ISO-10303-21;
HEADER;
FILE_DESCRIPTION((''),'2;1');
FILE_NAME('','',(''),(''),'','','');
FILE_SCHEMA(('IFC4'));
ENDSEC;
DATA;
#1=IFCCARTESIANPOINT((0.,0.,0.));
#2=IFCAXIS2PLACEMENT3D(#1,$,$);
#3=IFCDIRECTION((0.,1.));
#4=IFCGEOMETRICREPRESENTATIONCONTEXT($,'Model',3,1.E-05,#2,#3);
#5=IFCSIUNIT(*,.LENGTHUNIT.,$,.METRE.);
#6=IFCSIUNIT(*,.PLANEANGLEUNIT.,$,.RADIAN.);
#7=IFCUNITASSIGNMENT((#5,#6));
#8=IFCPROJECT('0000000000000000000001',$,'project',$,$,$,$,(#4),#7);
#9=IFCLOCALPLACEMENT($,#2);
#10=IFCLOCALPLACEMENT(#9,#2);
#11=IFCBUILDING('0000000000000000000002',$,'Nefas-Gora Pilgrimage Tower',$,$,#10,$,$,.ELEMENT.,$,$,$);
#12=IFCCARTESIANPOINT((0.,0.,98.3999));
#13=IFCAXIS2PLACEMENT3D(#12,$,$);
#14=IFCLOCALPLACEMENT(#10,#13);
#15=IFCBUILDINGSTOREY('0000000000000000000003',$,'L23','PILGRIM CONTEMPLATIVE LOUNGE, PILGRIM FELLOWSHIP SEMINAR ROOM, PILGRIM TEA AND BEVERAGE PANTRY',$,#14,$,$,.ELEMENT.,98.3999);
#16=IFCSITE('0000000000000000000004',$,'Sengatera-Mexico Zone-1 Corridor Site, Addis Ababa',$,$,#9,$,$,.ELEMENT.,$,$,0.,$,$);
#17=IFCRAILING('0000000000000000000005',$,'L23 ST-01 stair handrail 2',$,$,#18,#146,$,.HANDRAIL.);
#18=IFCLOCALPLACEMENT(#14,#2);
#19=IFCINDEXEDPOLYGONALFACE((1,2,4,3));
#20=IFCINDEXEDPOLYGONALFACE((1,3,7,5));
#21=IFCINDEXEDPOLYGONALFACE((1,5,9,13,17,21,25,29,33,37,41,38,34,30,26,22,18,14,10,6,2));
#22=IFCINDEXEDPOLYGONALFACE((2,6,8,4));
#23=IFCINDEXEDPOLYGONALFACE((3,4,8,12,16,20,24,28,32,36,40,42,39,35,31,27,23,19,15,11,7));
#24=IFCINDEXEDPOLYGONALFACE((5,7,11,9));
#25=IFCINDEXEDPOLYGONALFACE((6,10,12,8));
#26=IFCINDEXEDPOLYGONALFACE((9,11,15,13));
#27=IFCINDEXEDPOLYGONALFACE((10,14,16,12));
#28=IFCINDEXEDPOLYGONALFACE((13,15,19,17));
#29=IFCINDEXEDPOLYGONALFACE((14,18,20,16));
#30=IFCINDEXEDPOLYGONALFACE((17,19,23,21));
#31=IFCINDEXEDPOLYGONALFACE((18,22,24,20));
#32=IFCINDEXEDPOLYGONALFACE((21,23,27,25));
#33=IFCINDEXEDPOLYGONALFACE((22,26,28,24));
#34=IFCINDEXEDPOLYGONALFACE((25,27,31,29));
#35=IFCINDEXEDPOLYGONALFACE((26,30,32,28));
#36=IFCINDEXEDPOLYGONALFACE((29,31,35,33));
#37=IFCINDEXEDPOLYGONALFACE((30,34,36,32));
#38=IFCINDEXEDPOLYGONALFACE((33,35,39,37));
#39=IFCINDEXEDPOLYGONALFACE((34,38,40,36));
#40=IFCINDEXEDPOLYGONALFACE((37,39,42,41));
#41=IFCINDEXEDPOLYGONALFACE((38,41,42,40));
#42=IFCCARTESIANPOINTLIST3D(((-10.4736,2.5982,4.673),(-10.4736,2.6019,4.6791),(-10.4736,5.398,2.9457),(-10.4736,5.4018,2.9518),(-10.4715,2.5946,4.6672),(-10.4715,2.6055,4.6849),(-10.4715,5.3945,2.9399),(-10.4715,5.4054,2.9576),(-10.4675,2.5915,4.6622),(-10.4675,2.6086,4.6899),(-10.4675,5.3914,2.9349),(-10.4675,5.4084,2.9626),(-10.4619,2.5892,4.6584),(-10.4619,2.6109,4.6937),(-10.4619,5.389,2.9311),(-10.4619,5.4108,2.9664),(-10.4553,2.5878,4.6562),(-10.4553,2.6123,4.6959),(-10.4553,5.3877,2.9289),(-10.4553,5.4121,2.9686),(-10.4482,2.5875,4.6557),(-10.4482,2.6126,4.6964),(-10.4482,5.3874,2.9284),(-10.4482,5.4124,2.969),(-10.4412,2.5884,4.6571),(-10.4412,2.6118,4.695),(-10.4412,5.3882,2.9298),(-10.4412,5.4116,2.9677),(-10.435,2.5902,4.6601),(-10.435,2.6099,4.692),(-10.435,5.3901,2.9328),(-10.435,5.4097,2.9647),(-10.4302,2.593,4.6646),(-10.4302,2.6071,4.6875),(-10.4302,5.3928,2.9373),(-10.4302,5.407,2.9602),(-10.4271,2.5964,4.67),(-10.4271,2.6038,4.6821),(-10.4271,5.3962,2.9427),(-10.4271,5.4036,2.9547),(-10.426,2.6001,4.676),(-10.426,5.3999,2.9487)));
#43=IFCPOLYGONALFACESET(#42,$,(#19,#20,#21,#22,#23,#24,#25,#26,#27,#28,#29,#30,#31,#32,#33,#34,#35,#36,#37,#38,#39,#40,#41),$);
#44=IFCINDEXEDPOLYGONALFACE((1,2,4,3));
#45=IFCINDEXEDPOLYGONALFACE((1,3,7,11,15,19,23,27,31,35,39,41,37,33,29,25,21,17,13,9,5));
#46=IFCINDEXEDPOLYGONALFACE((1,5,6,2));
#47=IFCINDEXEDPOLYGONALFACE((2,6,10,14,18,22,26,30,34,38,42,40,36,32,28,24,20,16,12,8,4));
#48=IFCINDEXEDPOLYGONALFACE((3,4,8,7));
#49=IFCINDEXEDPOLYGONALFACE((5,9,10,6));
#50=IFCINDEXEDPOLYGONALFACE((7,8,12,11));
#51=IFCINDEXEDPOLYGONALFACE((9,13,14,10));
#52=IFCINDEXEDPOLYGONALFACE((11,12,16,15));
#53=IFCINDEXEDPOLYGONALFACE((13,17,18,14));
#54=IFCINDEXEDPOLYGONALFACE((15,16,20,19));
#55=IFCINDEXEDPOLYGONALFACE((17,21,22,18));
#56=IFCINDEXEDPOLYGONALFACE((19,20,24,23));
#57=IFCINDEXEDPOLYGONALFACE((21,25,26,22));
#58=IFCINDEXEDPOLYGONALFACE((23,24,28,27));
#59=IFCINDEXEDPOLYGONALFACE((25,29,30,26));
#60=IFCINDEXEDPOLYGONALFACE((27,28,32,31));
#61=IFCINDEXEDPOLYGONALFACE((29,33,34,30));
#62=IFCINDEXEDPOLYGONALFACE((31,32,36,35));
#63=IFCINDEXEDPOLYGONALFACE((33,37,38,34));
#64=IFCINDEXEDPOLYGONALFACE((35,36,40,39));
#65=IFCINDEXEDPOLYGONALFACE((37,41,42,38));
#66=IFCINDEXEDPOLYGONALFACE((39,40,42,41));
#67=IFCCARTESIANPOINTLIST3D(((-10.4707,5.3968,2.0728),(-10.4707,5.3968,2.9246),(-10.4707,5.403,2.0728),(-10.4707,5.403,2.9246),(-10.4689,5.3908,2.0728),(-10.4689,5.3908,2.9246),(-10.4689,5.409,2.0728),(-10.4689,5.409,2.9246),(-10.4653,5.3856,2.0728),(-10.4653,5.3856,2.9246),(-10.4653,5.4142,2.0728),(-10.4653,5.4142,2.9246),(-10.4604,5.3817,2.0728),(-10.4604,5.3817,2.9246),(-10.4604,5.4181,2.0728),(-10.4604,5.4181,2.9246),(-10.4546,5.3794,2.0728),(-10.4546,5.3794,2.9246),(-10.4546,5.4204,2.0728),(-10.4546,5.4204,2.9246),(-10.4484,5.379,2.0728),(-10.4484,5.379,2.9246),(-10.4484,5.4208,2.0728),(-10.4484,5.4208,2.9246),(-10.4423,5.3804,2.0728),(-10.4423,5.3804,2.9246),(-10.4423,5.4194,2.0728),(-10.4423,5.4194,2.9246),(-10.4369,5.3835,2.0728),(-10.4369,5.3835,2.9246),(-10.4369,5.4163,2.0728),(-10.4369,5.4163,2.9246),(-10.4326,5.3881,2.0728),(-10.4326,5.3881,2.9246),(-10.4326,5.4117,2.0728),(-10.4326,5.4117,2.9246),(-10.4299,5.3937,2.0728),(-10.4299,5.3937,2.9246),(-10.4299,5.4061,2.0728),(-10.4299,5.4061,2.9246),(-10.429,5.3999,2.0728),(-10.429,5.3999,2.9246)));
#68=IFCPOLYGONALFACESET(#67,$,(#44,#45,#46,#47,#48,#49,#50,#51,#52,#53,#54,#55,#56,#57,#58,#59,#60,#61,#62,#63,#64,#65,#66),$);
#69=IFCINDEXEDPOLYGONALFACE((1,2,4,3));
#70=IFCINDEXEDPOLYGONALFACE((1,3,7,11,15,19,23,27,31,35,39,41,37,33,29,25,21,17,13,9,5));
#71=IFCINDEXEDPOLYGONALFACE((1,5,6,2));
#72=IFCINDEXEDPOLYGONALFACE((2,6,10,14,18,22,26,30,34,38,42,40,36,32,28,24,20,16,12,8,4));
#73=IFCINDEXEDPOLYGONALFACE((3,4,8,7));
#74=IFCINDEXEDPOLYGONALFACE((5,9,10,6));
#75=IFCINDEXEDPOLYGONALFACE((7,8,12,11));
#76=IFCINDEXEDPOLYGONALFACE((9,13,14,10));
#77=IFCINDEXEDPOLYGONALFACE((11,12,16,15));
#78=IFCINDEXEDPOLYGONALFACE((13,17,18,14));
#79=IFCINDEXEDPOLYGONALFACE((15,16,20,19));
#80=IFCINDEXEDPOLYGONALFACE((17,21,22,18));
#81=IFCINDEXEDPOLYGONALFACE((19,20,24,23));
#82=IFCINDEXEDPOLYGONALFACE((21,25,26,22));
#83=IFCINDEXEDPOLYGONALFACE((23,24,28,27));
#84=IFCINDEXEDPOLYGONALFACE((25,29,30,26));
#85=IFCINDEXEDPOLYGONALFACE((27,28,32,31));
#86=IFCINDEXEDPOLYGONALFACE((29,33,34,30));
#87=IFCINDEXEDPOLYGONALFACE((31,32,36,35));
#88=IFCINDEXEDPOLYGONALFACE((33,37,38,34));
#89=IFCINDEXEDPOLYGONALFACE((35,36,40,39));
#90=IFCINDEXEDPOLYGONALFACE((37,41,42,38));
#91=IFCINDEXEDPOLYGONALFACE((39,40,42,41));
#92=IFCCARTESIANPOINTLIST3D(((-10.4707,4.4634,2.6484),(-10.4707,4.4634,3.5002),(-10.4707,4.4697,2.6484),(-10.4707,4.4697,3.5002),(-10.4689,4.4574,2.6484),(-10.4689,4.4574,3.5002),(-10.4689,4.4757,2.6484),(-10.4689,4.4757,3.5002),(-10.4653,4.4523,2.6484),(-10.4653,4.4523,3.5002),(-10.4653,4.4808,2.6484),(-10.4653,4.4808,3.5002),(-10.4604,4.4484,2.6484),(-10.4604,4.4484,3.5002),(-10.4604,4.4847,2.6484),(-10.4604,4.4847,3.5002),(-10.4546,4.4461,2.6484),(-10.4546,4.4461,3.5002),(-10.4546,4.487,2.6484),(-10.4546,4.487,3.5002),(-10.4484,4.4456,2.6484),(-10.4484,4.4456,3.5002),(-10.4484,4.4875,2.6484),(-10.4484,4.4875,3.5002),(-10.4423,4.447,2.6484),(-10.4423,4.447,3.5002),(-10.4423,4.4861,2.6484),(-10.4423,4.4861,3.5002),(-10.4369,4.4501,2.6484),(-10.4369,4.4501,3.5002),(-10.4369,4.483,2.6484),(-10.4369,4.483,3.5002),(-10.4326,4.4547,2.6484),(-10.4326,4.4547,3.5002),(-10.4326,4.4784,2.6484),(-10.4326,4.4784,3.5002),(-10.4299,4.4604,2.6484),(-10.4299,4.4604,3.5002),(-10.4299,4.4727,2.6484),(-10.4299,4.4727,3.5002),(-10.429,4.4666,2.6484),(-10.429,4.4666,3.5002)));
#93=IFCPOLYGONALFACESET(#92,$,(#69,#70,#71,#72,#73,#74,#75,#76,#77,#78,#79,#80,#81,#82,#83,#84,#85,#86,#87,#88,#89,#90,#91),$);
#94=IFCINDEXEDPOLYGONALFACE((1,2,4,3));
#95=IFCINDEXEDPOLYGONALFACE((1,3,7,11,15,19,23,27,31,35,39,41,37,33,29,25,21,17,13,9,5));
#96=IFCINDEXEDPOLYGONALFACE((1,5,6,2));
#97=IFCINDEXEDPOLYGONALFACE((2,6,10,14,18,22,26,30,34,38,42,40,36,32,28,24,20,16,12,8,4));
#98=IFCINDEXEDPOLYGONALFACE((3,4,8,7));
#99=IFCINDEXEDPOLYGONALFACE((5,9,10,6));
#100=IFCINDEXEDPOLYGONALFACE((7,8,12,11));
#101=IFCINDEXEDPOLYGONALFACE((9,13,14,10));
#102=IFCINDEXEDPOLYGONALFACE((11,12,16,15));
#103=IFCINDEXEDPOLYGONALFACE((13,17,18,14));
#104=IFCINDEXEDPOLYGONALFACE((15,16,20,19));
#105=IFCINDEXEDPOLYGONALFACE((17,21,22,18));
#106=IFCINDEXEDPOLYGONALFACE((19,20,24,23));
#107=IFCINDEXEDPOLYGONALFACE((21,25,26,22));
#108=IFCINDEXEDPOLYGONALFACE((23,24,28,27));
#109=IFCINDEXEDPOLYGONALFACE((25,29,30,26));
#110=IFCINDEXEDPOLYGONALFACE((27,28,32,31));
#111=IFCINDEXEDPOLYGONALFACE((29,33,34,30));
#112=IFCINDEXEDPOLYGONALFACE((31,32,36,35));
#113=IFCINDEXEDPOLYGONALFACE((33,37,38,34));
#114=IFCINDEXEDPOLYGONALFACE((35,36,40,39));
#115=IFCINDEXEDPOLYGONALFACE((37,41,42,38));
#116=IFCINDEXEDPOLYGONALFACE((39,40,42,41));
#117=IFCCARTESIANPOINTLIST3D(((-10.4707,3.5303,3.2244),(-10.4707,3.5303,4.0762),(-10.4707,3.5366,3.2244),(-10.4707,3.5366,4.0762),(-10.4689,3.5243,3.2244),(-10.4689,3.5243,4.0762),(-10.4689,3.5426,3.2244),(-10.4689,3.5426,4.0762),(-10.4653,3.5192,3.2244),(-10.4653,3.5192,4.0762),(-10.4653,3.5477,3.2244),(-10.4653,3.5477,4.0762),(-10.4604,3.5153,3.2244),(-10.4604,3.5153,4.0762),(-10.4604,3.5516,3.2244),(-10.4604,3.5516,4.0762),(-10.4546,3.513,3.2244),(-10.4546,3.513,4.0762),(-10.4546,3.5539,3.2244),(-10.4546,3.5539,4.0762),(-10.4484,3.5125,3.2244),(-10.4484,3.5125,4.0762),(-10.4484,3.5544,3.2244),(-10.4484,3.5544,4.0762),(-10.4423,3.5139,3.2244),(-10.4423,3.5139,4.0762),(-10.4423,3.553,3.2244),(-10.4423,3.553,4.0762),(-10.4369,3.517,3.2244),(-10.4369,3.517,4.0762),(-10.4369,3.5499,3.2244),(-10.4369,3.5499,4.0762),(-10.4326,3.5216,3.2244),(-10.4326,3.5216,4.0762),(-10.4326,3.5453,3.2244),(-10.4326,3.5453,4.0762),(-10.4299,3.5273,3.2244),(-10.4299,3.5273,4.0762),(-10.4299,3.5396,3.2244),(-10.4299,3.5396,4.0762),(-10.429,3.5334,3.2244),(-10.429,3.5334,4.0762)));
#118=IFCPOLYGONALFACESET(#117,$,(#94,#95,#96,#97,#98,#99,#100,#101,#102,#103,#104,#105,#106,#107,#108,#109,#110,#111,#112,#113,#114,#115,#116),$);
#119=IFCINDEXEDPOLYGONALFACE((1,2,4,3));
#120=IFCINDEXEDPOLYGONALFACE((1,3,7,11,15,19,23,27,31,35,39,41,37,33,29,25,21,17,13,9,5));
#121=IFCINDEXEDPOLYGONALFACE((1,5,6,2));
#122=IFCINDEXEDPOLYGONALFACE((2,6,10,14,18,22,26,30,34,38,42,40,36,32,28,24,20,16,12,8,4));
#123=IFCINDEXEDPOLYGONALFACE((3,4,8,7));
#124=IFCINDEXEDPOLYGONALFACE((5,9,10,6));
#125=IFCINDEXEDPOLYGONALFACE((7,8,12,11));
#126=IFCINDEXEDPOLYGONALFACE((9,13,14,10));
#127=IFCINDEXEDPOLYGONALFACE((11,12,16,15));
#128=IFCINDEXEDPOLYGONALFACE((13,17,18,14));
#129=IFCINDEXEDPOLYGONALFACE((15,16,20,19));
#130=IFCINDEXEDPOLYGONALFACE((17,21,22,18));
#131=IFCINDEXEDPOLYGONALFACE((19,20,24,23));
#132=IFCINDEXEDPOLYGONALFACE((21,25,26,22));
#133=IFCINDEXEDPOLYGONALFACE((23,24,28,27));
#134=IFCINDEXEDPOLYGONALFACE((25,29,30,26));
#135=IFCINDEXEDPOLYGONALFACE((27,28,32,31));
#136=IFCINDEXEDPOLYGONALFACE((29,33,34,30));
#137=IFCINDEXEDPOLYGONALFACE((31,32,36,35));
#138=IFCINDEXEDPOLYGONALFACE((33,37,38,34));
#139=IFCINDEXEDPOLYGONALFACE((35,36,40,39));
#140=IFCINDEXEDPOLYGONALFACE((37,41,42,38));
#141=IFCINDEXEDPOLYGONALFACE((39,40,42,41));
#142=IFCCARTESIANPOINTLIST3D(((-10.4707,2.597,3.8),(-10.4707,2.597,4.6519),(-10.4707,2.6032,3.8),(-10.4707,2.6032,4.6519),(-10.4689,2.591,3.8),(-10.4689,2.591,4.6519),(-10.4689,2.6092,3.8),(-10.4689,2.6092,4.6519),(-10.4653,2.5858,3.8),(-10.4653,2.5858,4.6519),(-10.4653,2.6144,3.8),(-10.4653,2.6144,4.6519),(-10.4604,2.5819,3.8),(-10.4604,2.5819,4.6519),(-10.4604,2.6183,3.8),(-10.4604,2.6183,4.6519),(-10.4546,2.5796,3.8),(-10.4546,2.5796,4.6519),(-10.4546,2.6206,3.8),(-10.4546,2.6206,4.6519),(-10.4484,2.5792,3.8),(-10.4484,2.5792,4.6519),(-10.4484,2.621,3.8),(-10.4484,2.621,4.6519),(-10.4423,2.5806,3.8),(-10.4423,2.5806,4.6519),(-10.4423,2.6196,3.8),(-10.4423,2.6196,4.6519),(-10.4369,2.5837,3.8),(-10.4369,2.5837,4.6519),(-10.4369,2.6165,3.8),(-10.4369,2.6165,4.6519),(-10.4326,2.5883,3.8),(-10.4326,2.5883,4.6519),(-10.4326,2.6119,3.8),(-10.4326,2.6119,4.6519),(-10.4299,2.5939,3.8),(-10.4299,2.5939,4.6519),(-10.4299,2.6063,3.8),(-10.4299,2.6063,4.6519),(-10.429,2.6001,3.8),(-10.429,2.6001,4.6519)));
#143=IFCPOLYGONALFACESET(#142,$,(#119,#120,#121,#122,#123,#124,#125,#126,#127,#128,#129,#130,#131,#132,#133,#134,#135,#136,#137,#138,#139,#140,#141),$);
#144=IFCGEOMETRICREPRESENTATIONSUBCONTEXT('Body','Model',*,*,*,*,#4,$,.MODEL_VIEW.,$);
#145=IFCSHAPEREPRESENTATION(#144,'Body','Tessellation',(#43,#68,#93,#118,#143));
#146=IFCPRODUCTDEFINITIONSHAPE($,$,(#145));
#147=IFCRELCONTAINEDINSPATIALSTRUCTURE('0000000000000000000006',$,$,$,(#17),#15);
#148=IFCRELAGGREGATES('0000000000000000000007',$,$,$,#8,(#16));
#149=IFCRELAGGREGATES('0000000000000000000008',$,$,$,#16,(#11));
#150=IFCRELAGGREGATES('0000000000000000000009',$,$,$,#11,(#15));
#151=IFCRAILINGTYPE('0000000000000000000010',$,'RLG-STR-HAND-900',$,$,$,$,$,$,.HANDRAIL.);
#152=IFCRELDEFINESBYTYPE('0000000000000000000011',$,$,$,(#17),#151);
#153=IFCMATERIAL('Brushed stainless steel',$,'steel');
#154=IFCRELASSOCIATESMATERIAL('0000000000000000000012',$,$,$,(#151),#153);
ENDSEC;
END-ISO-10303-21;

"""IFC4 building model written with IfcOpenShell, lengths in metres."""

from ifc_helpers import new_model, si_unit, direction, frame, origin, origin_2d, place, context, subcontext, project, spatial, circle, extrude, material, type_object, element, save


model = new_model("IFC4")

# Units and contexts
model_context = context("Model", 3, precision=1e-05, world=origin(), true_north=direction((0.0, 1.0)))
body_context = subcontext(model_context, "Body", "Model", "MODEL_VIEW")
ifc_project = project(units=[si_unit("LENGTHUNIT", "METRE"), si_unit("PLANEANGLEUNIT", "RADIAN")], contexts=[model_context])

# Site, building, storey
site_placement = place(None, origin())
site = spatial("IfcSite", under=ifc_project, at=site_placement, Name="Sengatera-Mexico Zone-1 Corridor Site, Addis Ababa", CompositionType="ELEMENT", RefElevation=0.0)
building_placement = place(site_placement, origin())
building = spatial("IfcBuilding", under=site, at=building_placement, Name="Nefas-Gora Pilgrimage Tower", CompositionType="ELEMENT")
storey_placement = place(building_placement, frame((0.0, 0.0, 98.3999)))
storey = spatial("IfcBuildingStorey", under=building, at=storey_placement, Name="L23", Description="PILGRIM CONTEMPLATIVE LOUNGE, PILGRIM FELLOWSHIP SEMINAR ROOM, PILGRIM TEA AND BEVERAGE PANTRY", CompositionType="ELEMENT", Elevation=98.3999)

# Railing
ifc_material_1 = material(Name="Brushed stainless steel", Category="steel")
railing_type_1 = type_object("IfcRailingType", Name="RLG-STR-HAND-900", PredefinedType="HANDRAIL", material=ifc_material_1)
railing_1_placement = place(storey_placement, frame((-10.45, 5.3999, 2.0728)))
element("IfcRailing", 1, at=railing_1_placement, inside=storey, type_object=railing_type_1, Name="L23 ST-01 stair handrail 2", PredefinedType="HANDRAIL", context=body_context, shape_type="SweptSolid", body=[
    extrude(circle(Radius=0.0239, at=origin_2d()), frame((0.0, 0.0, 0.876), z_axis=(0.0, -0.851069, 0.525054), x_axis=(1.0, 0.0, 0.0)), (0.0, 0.0, 1.0), 3.2898),
    extrude(circle(Radius=0.021, at=origin_2d()), origin(), (0.0, 0.0, 1.0), 0.8518),
    extrude(circle(Radius=0.021, at=origin_2d()), frame((0.0, -0.9333, 0.5757)), (0.0, 0.0, 1.0), 0.8518),
    extrude(circle(Radius=0.021, at=origin_2d()), frame((0.0, -1.8665, 1.1516)), (0.0, 0.0, 1.0), 0.8518),
    extrude(circle(Radius=0.021, at=origin_2d()), frame((0.0, -2.7998, 1.7273)), (0.0, 0.0, 1.0), 0.8518),
])

save(model, "model.ifc")
